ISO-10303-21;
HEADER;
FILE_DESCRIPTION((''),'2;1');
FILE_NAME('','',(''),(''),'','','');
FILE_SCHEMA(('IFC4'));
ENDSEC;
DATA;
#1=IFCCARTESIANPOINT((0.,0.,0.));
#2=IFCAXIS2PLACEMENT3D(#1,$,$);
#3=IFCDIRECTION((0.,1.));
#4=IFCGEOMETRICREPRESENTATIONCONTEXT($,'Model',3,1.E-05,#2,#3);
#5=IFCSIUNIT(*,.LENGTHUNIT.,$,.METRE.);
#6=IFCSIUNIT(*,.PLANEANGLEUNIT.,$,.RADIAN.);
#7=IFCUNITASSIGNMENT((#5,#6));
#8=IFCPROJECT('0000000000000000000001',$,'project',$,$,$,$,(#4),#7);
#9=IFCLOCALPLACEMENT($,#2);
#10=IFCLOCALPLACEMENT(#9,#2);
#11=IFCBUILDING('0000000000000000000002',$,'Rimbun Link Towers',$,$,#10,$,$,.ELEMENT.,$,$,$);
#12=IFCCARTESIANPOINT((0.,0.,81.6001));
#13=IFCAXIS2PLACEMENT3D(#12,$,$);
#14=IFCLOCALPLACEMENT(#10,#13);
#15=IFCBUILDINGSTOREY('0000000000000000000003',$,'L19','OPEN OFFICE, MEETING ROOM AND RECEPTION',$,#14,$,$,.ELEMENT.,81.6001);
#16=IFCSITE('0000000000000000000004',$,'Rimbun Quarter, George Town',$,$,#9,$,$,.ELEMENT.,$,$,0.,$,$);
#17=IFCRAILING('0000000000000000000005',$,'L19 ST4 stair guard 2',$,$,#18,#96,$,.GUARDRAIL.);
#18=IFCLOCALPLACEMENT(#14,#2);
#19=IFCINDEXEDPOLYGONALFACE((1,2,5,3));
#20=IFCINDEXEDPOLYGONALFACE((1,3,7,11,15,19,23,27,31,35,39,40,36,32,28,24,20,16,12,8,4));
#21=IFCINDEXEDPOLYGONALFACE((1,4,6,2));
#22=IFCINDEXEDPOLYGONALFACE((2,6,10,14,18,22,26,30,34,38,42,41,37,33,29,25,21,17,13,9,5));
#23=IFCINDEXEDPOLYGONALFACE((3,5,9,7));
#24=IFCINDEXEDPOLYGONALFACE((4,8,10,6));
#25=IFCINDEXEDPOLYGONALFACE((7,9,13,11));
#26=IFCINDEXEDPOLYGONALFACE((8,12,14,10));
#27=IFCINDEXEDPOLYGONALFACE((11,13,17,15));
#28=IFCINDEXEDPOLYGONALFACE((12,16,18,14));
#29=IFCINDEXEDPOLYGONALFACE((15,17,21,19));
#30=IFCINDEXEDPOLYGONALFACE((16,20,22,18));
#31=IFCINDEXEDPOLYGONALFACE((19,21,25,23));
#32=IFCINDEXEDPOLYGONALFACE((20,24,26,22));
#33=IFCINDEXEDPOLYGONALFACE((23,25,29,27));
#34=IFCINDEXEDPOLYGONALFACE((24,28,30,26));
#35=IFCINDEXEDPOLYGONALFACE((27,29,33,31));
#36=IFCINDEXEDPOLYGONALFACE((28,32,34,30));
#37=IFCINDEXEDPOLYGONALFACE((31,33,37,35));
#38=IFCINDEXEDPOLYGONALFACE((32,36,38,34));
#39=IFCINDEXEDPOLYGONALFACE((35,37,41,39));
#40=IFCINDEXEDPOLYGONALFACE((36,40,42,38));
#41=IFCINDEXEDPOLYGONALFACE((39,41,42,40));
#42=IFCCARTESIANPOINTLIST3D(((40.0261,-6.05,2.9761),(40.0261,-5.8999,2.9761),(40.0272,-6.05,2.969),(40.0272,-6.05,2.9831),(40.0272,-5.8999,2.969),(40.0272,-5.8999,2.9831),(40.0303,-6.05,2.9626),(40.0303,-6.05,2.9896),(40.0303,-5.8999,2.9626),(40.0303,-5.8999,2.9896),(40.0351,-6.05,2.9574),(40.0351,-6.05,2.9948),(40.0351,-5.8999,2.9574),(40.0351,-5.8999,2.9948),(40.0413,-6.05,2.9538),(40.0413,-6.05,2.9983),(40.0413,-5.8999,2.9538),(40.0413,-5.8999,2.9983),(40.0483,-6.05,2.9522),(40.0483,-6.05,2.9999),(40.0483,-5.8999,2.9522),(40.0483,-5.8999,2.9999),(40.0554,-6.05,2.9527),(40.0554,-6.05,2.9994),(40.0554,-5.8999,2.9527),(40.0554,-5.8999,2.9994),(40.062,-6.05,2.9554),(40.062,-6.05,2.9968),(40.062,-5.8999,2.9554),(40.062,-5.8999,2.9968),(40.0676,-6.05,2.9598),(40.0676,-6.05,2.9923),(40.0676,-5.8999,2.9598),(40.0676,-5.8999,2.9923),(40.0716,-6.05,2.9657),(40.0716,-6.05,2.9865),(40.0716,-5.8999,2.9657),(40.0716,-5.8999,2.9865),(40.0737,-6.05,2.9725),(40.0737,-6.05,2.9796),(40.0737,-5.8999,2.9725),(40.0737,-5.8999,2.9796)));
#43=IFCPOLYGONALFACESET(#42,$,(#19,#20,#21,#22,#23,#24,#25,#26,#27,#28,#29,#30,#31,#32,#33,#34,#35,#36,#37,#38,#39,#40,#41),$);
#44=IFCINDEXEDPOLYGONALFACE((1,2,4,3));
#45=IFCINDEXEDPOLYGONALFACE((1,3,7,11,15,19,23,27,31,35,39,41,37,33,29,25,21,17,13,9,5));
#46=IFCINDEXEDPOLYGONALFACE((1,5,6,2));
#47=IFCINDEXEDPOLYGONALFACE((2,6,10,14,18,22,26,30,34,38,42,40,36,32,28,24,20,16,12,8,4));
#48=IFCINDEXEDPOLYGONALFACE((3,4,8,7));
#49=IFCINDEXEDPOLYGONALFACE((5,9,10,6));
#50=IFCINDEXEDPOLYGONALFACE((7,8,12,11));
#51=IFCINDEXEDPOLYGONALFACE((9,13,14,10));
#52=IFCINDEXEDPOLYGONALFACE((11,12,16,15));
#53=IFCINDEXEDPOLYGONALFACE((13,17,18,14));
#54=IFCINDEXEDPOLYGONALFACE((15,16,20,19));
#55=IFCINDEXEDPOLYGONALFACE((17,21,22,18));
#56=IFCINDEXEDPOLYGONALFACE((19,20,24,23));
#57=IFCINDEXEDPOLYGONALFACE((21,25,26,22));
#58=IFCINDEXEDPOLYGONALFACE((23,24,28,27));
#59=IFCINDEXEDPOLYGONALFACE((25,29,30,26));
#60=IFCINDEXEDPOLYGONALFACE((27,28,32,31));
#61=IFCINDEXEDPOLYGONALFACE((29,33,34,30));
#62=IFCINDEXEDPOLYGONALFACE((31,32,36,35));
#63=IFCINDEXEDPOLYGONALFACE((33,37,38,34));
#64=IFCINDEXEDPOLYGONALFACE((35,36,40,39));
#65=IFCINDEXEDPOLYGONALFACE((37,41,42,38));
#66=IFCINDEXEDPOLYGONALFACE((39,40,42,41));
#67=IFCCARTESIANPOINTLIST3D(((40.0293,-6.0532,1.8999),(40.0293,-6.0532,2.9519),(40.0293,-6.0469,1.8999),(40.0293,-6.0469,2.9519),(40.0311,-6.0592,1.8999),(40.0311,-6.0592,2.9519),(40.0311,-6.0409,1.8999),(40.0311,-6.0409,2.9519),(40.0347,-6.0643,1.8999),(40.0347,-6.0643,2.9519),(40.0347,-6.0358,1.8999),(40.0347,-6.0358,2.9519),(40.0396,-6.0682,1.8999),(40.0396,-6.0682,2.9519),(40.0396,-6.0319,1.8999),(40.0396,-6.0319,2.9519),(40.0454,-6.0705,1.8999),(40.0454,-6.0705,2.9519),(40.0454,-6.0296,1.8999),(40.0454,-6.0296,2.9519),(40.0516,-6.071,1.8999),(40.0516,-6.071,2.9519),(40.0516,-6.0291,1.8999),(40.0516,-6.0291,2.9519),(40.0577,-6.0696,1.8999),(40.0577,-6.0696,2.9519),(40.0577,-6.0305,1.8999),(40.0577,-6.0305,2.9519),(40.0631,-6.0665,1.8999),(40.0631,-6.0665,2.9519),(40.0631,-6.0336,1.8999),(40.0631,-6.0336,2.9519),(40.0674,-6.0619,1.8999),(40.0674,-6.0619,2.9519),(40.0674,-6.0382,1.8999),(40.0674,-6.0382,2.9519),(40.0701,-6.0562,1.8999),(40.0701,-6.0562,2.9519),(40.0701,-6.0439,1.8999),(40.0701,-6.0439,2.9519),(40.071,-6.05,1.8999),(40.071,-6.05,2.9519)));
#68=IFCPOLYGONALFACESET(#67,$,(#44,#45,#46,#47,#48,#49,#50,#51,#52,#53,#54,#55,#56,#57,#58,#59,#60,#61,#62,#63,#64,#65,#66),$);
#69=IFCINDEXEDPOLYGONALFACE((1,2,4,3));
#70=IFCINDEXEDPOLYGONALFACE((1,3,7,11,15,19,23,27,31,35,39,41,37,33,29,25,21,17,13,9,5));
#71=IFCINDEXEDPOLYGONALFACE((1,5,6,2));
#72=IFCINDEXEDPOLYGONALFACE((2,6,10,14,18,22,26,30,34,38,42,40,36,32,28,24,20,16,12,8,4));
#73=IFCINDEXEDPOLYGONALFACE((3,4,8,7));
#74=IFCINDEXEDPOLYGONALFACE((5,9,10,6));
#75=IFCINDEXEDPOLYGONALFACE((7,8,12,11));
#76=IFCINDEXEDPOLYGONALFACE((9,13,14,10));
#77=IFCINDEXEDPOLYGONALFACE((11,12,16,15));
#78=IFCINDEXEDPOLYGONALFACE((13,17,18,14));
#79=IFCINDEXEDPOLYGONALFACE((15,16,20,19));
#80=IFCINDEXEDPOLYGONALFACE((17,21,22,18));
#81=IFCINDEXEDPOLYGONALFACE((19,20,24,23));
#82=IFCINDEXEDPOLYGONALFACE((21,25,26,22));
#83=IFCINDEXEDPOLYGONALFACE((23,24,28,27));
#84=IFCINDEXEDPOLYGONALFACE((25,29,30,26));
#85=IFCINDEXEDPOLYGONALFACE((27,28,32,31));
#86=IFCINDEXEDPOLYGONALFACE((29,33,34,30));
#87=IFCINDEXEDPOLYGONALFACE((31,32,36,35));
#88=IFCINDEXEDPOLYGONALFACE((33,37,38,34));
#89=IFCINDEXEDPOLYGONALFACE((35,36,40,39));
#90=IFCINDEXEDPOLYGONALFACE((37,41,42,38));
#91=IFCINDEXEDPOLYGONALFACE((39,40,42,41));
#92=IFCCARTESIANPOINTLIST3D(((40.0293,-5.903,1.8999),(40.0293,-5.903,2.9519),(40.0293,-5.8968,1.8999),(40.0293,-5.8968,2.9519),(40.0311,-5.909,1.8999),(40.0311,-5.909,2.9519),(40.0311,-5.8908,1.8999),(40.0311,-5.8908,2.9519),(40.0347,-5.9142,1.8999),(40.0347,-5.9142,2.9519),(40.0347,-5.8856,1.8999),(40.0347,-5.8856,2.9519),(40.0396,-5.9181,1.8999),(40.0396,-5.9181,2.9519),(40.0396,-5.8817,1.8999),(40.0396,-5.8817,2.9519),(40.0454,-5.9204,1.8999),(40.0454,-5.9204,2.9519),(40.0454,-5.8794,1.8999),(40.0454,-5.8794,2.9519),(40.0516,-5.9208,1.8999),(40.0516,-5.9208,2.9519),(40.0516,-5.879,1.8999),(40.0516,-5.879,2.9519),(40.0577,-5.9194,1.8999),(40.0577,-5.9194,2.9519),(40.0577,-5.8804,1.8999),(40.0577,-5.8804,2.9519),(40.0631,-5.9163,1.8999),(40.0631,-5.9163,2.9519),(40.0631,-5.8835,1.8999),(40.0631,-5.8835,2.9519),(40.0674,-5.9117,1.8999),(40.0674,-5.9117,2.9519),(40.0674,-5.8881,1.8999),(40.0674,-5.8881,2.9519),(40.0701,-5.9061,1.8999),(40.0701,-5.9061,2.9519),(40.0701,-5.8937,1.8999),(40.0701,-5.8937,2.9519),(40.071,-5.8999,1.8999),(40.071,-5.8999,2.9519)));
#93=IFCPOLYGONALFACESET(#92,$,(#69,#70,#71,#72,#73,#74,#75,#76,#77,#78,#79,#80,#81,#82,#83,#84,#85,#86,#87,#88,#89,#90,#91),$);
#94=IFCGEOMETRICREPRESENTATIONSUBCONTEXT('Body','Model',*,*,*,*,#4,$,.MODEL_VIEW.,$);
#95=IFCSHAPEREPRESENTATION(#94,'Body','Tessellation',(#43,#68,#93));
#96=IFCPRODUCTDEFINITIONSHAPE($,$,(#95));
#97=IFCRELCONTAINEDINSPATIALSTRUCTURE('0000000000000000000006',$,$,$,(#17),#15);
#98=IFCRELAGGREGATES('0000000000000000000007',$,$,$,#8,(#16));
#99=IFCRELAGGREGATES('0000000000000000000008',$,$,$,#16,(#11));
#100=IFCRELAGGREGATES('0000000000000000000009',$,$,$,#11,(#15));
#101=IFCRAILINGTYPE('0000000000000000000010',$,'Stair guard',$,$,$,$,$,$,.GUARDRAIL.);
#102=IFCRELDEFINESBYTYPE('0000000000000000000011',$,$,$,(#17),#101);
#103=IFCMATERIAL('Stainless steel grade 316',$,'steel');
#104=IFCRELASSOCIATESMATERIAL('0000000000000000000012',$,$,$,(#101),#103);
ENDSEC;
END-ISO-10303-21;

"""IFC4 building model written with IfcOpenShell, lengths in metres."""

from ifc_helpers import new_model, si_unit, direction, frame, origin, origin_2d, place, context, subcontext, project, spatial, circle, extrude, material, type_object, element, save


model = new_model("IFC4")

# Units and contexts
model_context = context("Model", 3, precision=1e-05, world=origin(), true_north=direction((0.0, 1.0)))
body_context = subcontext(model_context, "Body", "Model", "MODEL_VIEW")
ifc_project = project(units=[si_unit("LENGTHUNIT", "METRE"), si_unit("PLANEANGLEUNIT", "RADIAN")], contexts=[model_context])

# Site, building, storey
site_placement = place(None, origin())
site = spatial("IfcSite", under=ifc_project, at=site_placement, Name="Rimbun Quarter, George Town", CompositionType="ELEMENT", RefElevation=0.0)
building_placement = place(site_placement, origin())
building = spatial("IfcBuilding", under=site, at=building_placement, Name="Rimbun Link Towers", CompositionType="ELEMENT")
storey_placement = place(building_placement, frame((0.0, 0.0, 81.6001)))
storey = spatial("IfcBuildingStorey", under=building, at=storey_placement, Name="L19", Description="OPEN OFFICE, MEETING ROOM AND RECEPTION", CompositionType="ELEMENT", Elevation=81.6001)

# Railing
ifc_material_1 = material(Name="Stainless steel grade 316", Category="steel")
railing_type = type_object("IfcRailingType", Name="Stair guard", PredefinedType="GUARDRAIL", material=ifc_material_1)
railing_1_placement = place(storey_placement, frame((40.05, -6.05, 1.8999)))
element("IfcRailing", 1, at=railing_1_placement, inside=storey, type_object=railing_type, Name="L19 ST4 stair guard 2", PredefinedType="GUARDRAIL", context=body_context, shape_type="SweptSolid", body=[
    extrude(circle(Radius=0.0239, at=origin_2d()), frame((0.0, 0.0, 1.0762), z_axis=(0.0, 1.0, 0.0), x_axis=(-1.0, 0.0, 0.0)), (0.0, 0.0, 1.0), 0.1501),
    extrude(circle(Radius=0.021, at=origin_2d()), origin(), (0.0, 0.0, 1.0), 1.052),
    extrude(circle(Radius=0.021, at=origin_2d()), frame((0.0, 0.1501, 0.0)), (0.0, 0.0, 1.0), 1.052),
])

save(model, "model.ifc")
